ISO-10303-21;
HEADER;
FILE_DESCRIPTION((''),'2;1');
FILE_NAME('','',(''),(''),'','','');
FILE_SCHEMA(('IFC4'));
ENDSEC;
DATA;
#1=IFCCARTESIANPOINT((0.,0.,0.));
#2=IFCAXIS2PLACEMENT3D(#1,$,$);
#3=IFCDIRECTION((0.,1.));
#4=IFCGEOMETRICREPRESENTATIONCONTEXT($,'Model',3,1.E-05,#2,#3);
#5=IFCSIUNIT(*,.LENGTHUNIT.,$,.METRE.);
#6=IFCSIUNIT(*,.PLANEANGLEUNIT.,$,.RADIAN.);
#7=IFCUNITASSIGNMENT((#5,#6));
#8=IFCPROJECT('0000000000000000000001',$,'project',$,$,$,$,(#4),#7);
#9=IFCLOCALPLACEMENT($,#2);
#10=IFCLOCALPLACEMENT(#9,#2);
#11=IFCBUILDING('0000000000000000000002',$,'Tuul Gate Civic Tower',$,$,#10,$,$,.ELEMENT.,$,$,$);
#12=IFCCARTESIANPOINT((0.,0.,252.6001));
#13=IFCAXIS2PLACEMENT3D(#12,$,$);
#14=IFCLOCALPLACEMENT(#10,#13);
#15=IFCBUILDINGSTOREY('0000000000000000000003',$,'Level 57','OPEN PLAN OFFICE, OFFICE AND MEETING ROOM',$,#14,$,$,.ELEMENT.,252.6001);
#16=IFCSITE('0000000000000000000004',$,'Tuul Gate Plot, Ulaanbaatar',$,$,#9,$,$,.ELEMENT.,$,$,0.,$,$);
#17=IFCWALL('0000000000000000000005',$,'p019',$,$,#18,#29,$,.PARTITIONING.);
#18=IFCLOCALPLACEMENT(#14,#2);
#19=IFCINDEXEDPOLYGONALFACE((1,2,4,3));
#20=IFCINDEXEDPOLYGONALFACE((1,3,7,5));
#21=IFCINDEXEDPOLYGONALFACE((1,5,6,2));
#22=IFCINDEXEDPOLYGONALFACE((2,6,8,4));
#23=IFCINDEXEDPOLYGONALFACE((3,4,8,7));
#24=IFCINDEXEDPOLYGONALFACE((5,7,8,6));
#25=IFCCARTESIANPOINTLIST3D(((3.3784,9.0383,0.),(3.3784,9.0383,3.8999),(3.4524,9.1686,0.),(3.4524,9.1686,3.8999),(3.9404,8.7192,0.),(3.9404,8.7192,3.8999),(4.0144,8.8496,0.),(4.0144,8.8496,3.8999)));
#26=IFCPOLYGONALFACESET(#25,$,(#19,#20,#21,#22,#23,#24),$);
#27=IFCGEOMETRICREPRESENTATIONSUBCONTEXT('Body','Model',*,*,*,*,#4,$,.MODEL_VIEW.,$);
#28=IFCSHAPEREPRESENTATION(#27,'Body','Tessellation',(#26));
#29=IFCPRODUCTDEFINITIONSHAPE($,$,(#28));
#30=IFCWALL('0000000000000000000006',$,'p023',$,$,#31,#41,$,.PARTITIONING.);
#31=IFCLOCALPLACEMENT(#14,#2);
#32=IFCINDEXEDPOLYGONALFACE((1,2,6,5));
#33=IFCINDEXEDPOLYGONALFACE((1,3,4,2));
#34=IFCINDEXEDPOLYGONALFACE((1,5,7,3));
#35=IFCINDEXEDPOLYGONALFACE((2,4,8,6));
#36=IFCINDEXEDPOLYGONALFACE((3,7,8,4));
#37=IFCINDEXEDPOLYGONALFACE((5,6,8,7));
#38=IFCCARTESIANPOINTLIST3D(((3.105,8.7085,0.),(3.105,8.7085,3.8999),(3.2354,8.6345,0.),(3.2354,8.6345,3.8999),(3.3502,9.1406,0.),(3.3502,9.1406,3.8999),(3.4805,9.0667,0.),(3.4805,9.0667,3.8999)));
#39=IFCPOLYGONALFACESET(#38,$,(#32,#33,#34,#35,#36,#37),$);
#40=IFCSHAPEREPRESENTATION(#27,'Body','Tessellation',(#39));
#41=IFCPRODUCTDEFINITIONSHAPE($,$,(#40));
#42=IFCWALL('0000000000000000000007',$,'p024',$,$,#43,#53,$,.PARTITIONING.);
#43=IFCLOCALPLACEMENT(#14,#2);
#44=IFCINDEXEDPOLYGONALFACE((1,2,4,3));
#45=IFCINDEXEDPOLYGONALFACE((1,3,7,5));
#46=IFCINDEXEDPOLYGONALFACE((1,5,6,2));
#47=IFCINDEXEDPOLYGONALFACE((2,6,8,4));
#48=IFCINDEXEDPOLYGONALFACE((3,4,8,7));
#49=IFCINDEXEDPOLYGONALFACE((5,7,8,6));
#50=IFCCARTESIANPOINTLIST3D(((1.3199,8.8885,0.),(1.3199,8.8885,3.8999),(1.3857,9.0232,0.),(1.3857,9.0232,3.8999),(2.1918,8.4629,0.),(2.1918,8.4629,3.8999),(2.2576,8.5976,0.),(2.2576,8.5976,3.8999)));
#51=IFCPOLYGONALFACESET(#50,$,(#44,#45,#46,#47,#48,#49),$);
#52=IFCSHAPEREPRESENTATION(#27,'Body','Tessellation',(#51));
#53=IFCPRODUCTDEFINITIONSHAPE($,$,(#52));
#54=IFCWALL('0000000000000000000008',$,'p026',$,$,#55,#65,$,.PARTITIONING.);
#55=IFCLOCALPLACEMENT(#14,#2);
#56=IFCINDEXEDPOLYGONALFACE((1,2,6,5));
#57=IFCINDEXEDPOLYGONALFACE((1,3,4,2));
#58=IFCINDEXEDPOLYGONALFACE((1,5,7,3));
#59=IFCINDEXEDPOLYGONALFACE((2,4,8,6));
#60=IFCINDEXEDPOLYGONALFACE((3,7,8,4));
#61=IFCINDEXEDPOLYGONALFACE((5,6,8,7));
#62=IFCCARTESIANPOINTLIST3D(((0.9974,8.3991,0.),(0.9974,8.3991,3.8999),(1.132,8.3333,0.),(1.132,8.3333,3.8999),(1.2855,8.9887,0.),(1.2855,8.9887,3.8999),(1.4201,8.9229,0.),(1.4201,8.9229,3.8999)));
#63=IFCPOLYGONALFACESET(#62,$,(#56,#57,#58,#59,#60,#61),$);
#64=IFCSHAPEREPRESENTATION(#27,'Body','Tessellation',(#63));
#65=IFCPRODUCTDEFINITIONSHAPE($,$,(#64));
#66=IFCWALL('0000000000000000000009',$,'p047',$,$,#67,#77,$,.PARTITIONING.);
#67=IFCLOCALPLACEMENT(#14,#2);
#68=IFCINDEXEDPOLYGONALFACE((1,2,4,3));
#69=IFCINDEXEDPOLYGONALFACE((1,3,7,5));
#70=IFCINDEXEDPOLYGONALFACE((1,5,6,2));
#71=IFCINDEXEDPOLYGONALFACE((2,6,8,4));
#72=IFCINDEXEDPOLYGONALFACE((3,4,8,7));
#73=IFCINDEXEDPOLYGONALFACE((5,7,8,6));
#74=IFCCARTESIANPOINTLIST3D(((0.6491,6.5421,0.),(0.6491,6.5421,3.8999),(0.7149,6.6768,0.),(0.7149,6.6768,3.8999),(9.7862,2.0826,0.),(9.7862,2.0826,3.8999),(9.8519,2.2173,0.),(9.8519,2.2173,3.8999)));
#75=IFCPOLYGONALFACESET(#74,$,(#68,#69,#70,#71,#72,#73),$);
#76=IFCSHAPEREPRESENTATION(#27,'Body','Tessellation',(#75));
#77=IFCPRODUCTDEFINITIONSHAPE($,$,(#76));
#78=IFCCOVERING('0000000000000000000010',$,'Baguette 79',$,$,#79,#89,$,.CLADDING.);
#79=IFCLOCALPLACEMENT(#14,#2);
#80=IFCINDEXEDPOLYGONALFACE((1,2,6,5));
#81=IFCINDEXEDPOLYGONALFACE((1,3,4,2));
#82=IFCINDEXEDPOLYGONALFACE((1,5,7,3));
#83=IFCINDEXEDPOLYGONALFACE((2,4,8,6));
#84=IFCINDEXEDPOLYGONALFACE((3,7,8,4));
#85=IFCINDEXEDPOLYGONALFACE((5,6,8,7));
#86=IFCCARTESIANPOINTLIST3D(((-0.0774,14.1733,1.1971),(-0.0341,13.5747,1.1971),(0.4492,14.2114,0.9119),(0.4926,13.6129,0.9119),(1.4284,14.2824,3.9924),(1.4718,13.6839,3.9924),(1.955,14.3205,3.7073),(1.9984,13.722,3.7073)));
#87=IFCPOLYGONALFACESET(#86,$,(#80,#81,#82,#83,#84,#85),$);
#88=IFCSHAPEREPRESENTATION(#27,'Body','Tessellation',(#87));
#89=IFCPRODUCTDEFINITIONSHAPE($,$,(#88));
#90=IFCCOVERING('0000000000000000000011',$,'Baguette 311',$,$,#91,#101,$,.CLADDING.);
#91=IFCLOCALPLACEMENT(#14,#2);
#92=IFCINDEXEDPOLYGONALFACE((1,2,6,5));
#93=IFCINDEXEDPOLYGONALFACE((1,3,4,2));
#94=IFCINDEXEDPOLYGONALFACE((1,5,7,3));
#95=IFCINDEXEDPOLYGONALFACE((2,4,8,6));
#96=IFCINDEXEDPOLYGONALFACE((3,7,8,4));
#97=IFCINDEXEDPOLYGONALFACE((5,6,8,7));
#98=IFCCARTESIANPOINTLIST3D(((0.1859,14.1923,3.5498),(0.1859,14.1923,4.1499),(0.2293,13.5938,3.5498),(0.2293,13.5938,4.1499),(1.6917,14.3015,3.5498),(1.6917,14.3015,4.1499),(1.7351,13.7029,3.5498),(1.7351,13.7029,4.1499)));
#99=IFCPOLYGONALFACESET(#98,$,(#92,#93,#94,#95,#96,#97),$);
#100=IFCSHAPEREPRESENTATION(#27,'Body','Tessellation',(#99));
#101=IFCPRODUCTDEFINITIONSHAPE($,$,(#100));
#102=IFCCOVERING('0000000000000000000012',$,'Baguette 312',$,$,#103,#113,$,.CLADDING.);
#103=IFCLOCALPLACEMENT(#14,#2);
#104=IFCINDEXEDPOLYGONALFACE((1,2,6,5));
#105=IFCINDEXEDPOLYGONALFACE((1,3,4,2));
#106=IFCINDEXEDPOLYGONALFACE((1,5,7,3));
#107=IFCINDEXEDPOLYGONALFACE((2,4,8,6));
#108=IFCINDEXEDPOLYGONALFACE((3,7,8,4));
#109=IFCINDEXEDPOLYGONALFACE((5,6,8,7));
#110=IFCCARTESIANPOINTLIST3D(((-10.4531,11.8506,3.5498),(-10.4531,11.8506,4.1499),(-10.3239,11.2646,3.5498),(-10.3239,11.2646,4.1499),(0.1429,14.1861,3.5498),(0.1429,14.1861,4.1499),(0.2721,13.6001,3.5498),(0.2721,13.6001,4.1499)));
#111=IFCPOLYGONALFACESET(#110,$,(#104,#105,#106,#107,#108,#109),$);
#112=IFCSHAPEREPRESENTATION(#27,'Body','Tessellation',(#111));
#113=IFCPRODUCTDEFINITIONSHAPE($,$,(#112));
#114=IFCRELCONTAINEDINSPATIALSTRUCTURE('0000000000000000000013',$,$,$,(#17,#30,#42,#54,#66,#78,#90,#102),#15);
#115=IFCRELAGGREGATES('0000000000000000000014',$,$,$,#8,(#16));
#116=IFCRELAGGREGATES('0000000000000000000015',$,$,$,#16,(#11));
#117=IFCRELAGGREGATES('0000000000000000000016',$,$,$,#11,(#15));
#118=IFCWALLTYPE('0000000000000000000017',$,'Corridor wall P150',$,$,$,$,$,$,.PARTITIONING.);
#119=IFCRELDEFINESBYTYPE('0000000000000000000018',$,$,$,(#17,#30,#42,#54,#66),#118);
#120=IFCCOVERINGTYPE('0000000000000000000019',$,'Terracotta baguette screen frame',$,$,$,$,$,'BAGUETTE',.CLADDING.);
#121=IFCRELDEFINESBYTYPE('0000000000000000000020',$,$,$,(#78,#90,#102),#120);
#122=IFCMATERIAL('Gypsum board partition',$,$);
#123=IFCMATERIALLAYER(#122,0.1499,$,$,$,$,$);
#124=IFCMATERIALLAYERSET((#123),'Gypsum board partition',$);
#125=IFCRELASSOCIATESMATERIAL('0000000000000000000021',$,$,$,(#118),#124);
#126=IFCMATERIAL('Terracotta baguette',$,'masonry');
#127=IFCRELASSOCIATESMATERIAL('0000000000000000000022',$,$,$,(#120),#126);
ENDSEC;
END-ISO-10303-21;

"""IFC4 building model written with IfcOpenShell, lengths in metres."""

from ifc_helpers import new_model, si_unit, direction, frame, frame_2d, origin, origin_2d, place, context, subcontext, project, spatial, rectangle, extrude, material, layer, layer_set, material_profile, profile_set, type_object, element, save


model = new_model("IFC4")

# Units and contexts
model_context = context("Model", 3, precision=1e-05, world=origin(), true_north=direction((0.0, 1.0)))
body_context = subcontext(model_context, "Body", "Model", "MODEL_VIEW")
ifc_project = project(units=[si_unit("LENGTHUNIT", "METRE"), si_unit("PLANEANGLEUNIT", "RADIAN")], contexts=[model_context])

# Site, building, storey
site_placement = place(None, origin())
site = spatial("IfcSite", under=ifc_project, at=site_placement, Name="Tuul Gate Plot, Ulaanbaatar", CompositionType="ELEMENT", RefElevation=0.0)
building_placement = place(site_placement, origin())
building = spatial("IfcBuilding", under=site, at=building_placement, Name="Tuul Gate Civic Tower", CompositionType="ELEMENT")
storey_placement = place(building_placement, frame((0.0, 0.0, 252.6001)))
storey = spatial("IfcBuildingStorey", under=building, at=storey_placement, Name="Level 57", Description="OPEN PLAN OFFICE, OFFICE AND MEETING ROOM", CompositionType="ELEMENT", Elevation=252.6001)

# Walls
ifc_material_1 = material(Name="Gypsum board partition")
ifc_layer_1 = layer(ifc_material_1, 0.1499)
ifc_layer_set_1 = layer_set([ifc_layer_1], Name="Gypsum board partition")
wall_type = type_object("IfcWallType", Name="Corridor wall P150", PredefinedType="PARTITIONING", material=ifc_layer_set_1)
wall_1_placement = place(storey_placement, frame((3.4153, 9.1035, 0.0), z_axis=(0.0, 0.0, 1.0), x_axis=(0.869611, -0.493737, 0.0)))
element("IfcWall", 1, at=wall_1_placement, inside=storey, type_object=wall_type, Name="p019", PredefinedType="PARTITIONING", context=body_context, shape_type="SweptSolid", body=[
    extrude(rectangle(XDim=0.6462, YDim=0.1499, at=frame_2d((0.3232, 0.0))), origin(), (0.0, 0.0, 1.0), 3.8999),
])
wall_2_placement = place(storey_placement, frame((3.1702, 8.6714, 0.0), z_axis=(0.0, 0.0, 1.0), x_axis=(0.493385, 0.869811, 0.0)))
element("IfcWall", 2, at=wall_2_placement, inside=storey, type_object=wall_type, Name="p023", PredefinedType="PARTITIONING", context=body_context, shape_type="SweptSolid", body=[
    extrude(rectangle(XDim=0.4968, YDim=0.1499, at=frame_2d((0.2485, 0.0))), origin(), (0.0, 0.0, 1.0), 3.8999),
])
wall_3_placement = place(storey_placement, frame((1.3528, 8.9558, 0.0), z_axis=(0.0, 0.0, 1.0), x_axis=(0.898664, -0.438637, 0.0)))
element("IfcWall", 3, at=wall_3_placement, inside=storey, type_object=wall_type, Name="p024", PredefinedType="PARTITIONING", context=body_context, shape_type="SweptSolid", body=[
    extrude(rectangle(XDim=0.9702, YDim=0.1499, at=frame_2d((0.4851, 0.0))), origin(), (0.0, 0.0, 1.0), 3.8999),
])
wall_4_placement = place(storey_placement, frame((1.0647, 8.3662, 0.0), z_axis=(0.0, 0.0, 1.0), x_axis=(0.43901, 0.898482, 0.0)))
element("IfcWall", 4, at=wall_4_placement, inside=storey, type_object=wall_type, Name="p026", PredefinedType="PARTITIONING", context=body_context, shape_type="SweptSolid", body=[
    extrude(rectangle(XDim=0.6562, YDim=0.1499, at=frame_2d((0.3281, 0.0))), origin(), (0.0, 0.0, 1.0), 3.8999),
])
wall_5_placement = place(storey_placement, frame((0.6821, 6.6094, 0.0), z_axis=(0.0, 0.0, 1.0), x_axis=(0.898675, -0.438616, 0.0)))
element("IfcWall", 5, at=wall_5_placement, inside=storey, type_object=wall_type, Name="p047", PredefinedType="PARTITIONING", context=body_context, shape_type="SweptSolid", body=[
    extrude(rectangle(XDim=10.1672, YDim=0.1499, at=frame_2d((5.0835, 0.0))), origin(), (0.0, 0.0, 1.0), 3.8999),
])

# Coverings
ifc_material_2 = material(Name="Terracotta baguette", Category="masonry")
ifc_material_profile_1 = material_profile(ifc_material_2, rectangle(XDim=0.6001, YDim=0.6001, at=origin_2d()), Name="Terracotta baguette screen frame")
ifc_profile_set_1 = profile_set([ifc_material_profile_1], Name="Terracotta baguette")
covering_type = type_object("IfcCoveringType", Name="Terracotta baguette screen frame", ElementType="BAGUETTE", PredefinedType="CLADDING", material=ifc_profile_set_1)
covering_1_placement = place(storey_placement, frame((1.7134, 14.0022, 3.8499), z_axis=(-0.473976, -0.034349, -0.879868), x_axis=(0.072281, -0.997384, 0.0)))
element("IfcCovering", 6, at=covering_1_placement, inside=storey, type_object=covering_type, Name="Baguette 79", PredefinedType="CLADDING", context=body_context, shape_type="SweptSolid", body=[
    extrude(rectangle(XDim=0.6001, YDim=0.6001, at=origin_2d()), origin(), (0.0, 0.0, 1.0), 3.177),
])
covering_2_placement = place(storey_placement, frame((1.7134, 14.0022, 3.8499), z_axis=(-0.997384, -0.072281, 0.0), x_axis=(0.072281, -0.997384, 0.0)))
element("IfcCovering", 7, at=covering_2_placement, inside=storey, type_object=covering_type, Name="Baguette 311", PredefinedType="CLADDING", context=body_context, shape_type="SweptSolid", body=[
    extrude(rectangle(XDim=0.6001, YDim=0.6001, at=origin_2d()), origin(), (0.0, 0.0, 1.0), 1.5098),
])
covering_3_placement = place(storey_placement, frame((0.2075, 13.8931, 3.8499), z_axis=(-0.97656, -0.215243, 0.0), x_axis=(0.215243, -0.97656, 0.0)))
element("IfcCovering", 8, at=covering_3_placement, inside=storey, type_object=covering_type, Name="Baguette 312", PredefinedType="CLADDING", context=body_context, shape_type="SweptSolid", body=[
    extrude(rectangle(XDim=0.6001, YDim=0.6001, at=origin_2d()), origin(), (0.0, 0.0, 1.0), 10.8503),
])

save(model, "model.ifc")
